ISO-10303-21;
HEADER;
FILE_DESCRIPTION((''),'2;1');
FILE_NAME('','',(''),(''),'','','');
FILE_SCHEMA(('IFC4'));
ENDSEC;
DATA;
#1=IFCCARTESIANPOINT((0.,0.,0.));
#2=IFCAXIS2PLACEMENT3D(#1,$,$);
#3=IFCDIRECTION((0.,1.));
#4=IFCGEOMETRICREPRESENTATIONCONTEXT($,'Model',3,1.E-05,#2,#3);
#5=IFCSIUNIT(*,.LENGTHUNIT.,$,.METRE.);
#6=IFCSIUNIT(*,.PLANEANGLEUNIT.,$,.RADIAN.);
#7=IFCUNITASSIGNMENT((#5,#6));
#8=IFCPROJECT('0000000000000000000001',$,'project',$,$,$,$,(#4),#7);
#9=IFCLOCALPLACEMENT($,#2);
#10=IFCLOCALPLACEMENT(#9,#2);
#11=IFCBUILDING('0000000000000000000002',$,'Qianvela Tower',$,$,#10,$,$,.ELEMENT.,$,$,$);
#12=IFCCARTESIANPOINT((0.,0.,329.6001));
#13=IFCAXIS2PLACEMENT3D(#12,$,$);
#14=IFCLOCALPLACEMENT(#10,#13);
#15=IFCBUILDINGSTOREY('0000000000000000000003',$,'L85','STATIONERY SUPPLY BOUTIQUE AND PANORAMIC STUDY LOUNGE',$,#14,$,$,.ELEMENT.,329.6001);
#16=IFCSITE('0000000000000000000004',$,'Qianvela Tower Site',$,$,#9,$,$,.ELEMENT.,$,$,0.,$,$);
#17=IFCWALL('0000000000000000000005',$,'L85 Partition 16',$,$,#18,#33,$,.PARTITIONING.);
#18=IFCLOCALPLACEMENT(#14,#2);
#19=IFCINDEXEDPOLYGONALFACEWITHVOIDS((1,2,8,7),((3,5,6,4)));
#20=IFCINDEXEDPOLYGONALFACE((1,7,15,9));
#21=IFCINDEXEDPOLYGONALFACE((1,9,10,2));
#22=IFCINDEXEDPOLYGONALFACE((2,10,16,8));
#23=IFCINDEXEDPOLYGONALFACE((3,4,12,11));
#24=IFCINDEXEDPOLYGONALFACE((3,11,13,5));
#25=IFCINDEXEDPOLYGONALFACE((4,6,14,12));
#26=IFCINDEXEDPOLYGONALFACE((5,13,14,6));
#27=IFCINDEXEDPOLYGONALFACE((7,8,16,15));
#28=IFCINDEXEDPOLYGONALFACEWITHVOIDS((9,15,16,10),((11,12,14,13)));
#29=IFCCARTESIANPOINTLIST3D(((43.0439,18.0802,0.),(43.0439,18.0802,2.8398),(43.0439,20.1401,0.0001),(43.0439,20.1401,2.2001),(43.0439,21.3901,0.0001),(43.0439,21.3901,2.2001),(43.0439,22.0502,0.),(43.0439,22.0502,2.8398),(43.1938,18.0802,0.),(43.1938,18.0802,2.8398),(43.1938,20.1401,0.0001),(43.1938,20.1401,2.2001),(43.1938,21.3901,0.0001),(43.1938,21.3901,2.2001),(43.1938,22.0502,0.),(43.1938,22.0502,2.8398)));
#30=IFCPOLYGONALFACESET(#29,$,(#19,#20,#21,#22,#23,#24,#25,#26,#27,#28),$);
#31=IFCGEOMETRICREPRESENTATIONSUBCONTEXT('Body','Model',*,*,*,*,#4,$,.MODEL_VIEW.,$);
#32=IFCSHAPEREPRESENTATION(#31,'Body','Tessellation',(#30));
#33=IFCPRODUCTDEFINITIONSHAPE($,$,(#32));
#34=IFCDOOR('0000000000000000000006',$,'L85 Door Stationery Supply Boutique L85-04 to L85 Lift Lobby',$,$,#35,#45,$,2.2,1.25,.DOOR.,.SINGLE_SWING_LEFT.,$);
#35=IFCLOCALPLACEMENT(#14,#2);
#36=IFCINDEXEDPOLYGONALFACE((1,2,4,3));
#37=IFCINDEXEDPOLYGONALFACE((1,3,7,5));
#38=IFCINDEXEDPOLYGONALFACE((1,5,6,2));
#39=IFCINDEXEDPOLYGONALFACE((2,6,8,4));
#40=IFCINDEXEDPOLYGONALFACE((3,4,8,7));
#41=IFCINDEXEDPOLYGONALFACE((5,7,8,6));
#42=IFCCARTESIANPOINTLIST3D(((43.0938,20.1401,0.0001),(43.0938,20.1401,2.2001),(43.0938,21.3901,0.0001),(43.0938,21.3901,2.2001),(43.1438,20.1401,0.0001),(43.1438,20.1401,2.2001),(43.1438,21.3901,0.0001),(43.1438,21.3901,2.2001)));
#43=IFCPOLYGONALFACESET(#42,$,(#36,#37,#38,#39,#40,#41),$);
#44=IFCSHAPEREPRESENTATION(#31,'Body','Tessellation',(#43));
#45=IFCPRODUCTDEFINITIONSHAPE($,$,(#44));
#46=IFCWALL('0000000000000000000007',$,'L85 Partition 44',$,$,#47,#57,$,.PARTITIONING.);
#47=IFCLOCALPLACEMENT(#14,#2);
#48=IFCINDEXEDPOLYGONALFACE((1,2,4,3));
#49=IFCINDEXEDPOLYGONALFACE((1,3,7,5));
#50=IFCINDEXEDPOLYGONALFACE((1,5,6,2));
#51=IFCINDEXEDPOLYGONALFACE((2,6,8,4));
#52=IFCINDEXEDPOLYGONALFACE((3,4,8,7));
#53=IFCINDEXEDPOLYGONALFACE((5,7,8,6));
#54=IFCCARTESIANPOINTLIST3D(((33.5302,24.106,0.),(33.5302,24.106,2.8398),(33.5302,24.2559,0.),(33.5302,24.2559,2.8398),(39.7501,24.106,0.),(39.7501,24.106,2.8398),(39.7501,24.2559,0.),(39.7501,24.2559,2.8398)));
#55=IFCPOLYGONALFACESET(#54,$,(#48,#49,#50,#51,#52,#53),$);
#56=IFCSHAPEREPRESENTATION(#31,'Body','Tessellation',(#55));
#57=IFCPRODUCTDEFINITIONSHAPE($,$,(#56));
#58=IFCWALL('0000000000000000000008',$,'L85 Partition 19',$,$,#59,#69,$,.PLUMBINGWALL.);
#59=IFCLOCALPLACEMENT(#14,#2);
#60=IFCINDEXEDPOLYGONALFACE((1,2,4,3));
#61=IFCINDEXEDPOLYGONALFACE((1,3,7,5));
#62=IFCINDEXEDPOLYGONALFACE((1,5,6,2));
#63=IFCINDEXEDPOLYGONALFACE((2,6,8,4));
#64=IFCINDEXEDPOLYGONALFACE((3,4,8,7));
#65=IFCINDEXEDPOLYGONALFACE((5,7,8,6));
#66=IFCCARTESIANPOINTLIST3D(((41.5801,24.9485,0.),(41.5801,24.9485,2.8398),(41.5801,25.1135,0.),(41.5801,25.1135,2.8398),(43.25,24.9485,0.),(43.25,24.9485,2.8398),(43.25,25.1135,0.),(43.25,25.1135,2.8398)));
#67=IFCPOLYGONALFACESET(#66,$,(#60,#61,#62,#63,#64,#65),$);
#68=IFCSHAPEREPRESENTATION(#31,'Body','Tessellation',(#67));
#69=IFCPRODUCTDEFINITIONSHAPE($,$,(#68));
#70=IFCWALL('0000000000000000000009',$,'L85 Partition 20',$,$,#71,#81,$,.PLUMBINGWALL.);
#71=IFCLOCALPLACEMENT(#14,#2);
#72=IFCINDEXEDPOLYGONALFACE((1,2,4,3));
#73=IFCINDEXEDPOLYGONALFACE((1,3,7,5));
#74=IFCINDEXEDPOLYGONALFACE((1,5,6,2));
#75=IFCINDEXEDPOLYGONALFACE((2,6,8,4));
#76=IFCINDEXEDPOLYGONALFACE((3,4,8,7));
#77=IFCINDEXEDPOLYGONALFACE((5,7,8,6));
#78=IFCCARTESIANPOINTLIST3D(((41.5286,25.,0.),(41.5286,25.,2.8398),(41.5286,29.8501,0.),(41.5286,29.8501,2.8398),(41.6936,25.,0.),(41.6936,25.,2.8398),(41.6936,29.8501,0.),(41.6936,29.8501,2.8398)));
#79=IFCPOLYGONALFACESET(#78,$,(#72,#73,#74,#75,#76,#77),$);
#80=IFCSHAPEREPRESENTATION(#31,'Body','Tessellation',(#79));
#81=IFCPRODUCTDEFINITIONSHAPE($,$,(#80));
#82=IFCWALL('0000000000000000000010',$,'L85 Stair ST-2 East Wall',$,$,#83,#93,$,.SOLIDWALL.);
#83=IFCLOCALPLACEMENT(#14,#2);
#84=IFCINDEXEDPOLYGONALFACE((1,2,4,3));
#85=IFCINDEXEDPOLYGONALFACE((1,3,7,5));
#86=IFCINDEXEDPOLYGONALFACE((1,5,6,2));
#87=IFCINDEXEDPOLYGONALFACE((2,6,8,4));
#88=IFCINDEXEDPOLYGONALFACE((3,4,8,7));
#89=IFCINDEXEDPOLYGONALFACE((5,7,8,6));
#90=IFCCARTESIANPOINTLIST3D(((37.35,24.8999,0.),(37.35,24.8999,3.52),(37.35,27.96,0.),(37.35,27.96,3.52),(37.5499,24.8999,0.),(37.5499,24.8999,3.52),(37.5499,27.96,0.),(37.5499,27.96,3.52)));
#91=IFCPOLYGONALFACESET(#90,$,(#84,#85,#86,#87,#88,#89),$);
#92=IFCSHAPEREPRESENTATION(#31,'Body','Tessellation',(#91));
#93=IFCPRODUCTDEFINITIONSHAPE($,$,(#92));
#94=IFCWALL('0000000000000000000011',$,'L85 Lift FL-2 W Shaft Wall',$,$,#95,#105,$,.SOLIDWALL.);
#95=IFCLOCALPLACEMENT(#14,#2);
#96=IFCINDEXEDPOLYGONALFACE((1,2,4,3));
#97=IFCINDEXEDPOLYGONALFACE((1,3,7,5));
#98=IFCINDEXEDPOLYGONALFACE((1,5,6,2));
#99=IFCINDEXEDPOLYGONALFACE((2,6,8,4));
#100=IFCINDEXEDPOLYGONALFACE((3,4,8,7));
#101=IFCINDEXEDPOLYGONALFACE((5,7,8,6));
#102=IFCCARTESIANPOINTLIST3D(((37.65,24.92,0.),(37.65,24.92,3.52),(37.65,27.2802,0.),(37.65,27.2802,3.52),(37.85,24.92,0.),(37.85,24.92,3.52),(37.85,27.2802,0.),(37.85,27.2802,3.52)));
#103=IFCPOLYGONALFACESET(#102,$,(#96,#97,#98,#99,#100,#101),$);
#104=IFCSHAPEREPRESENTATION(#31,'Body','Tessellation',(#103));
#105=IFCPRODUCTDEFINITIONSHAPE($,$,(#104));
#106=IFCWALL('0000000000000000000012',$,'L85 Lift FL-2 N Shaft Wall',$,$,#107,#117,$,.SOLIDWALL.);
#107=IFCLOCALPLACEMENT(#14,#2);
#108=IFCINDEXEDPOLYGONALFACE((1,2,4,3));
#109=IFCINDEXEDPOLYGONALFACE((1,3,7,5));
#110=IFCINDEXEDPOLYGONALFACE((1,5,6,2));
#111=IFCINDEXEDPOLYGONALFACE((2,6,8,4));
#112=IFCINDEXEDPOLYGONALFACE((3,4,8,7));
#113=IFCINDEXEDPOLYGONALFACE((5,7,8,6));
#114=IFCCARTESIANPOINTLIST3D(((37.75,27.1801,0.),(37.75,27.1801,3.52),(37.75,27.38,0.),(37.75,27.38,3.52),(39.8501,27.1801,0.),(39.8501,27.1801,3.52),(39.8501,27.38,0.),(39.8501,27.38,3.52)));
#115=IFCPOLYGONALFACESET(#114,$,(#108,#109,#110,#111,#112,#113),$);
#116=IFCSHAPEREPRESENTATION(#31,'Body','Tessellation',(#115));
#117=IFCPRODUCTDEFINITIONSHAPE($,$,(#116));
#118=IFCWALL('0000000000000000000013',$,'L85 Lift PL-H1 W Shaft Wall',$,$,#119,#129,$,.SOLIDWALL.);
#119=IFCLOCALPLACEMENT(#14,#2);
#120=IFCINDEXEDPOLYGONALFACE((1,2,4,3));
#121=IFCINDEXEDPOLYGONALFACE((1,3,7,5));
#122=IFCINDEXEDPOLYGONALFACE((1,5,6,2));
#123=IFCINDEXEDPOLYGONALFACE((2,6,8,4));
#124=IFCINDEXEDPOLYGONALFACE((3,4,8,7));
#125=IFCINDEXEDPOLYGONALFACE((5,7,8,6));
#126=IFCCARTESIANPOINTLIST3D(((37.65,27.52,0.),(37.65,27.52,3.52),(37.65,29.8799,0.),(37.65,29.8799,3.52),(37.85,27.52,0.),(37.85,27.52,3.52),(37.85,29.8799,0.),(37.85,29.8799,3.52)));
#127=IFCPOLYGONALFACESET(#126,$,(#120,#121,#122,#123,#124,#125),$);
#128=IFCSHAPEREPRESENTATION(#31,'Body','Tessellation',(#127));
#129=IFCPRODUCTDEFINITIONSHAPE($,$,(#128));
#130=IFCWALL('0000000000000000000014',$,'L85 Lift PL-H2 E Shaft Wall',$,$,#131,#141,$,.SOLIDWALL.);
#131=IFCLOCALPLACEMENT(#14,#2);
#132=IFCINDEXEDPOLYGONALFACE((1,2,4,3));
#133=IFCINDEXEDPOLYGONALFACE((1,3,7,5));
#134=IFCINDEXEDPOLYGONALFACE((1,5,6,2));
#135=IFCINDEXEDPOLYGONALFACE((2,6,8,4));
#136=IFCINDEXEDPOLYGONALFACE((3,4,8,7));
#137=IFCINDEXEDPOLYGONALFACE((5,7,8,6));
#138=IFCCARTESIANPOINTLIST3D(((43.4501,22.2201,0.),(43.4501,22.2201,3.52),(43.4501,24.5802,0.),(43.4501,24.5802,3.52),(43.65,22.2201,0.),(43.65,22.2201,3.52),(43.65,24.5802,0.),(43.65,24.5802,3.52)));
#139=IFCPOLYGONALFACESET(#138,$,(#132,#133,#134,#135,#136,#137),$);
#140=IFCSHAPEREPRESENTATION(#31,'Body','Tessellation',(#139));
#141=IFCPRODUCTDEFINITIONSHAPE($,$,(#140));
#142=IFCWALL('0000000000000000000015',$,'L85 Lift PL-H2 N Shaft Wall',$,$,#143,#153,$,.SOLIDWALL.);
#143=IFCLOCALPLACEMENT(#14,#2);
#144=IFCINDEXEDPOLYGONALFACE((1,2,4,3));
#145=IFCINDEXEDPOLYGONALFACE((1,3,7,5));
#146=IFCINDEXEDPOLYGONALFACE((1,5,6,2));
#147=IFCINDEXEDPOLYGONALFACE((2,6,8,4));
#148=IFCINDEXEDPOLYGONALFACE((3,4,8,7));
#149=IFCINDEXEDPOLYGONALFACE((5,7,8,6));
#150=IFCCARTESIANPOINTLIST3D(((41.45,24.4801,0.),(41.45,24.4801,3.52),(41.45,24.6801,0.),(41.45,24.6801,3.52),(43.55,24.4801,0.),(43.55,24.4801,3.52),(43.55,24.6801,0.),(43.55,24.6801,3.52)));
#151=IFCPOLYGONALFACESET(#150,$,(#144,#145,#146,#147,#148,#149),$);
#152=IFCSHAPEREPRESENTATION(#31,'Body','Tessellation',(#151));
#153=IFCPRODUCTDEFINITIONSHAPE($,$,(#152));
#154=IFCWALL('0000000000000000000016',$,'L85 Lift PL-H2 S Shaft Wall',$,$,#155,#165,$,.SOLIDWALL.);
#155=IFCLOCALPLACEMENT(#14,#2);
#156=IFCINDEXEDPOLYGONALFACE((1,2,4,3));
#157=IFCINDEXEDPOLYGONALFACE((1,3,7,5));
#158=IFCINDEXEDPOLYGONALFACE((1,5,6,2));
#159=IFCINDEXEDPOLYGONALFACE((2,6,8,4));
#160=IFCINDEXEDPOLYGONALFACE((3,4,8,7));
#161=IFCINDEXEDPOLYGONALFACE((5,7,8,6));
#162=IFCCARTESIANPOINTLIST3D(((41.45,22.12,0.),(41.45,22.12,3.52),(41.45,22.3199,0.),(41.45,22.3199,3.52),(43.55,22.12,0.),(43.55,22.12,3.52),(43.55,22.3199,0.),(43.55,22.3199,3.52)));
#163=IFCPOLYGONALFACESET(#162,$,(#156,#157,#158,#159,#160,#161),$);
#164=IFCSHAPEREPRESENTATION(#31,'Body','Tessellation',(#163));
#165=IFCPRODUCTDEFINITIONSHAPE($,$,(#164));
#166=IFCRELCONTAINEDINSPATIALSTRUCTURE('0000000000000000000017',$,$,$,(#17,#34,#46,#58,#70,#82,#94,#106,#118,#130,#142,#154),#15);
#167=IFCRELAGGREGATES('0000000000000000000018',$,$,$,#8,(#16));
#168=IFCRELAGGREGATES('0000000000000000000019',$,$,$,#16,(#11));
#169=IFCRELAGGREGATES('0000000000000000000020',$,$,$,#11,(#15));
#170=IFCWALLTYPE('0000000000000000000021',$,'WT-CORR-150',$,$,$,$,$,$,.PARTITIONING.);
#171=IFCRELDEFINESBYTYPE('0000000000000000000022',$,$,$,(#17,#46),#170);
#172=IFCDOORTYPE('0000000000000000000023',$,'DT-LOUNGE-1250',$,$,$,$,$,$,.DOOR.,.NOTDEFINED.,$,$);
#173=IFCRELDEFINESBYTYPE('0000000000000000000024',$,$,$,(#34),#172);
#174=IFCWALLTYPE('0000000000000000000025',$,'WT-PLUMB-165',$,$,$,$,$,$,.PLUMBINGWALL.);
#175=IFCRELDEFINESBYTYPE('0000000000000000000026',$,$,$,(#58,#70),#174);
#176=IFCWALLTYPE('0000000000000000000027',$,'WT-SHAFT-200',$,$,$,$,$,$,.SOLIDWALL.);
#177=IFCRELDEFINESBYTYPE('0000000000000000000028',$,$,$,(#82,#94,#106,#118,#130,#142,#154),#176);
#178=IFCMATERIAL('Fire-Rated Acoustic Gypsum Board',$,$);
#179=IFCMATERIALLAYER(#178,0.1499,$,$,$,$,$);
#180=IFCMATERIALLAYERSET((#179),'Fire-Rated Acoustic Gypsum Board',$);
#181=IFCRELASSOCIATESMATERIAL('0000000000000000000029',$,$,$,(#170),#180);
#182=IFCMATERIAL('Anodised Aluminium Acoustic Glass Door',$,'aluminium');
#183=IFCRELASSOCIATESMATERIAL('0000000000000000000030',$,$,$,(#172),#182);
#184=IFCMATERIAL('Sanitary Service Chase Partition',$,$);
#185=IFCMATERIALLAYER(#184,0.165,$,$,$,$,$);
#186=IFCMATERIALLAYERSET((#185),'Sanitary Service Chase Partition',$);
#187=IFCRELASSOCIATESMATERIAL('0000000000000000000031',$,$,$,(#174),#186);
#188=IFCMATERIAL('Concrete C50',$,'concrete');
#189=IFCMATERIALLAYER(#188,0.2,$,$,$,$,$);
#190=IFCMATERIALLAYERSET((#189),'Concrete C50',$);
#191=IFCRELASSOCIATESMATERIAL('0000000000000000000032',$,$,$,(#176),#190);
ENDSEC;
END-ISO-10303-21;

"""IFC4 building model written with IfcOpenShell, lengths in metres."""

from ifc_helpers import new_model, si_unit, direction, frame, frame_2d, origin, place, context, subcontext, project, spatial, rectangle, extrude, material, layer, layer_set, type_object, element, fill, save


model = new_model("IFC4")

# Units and contexts
model_context = context("Model", 3, precision=1e-05, world=origin(), true_north=direction((0.0, 1.0)))
body_context = subcontext(model_context, "Body", "Model", "MODEL_VIEW")
ifc_project = project(units=[si_unit("LENGTHUNIT", "METRE"), si_unit("PLANEANGLEUNIT", "RADIAN")], contexts=[model_context])

# Site, building, storey
site_placement = place(None, origin())
site = spatial("IfcSite", under=ifc_project, at=site_placement, Name="Qianvela Tower Site", CompositionType="ELEMENT", RefElevation=0.0)
building_placement = place(site_placement, origin())
building = spatial("IfcBuilding", under=site, at=building_placement, Name="Qianvela Tower", CompositionType="ELEMENT")
storey_placement = place(building_placement, frame((0.0, 0.0, 329.6001)))
storey = spatial("IfcBuildingStorey", under=building, at=storey_placement, Name="L85", Description="STATIONERY SUPPLY BOUTIQUE AND PANORAMIC STUDY LOUNGE", CompositionType="ELEMENT", Elevation=329.6001)

# Shared definitions
ifc_material_1 = material(Name="Fire-Rated Acoustic Gypsum Board")
ifc_layer_1 = layer(ifc_material_1, 0.1499)
ifc_layer_set_1 = layer_set([ifc_layer_1], Name="Fire-Rated Acoustic Gypsum Board")
wall_type_1 = type_object("IfcWallType", Name="WT-CORR-150", PredefinedType="PARTITIONING", material=ifc_layer_set_1)

# Wall, opening, door
wall_1_placement = place(storey_placement, frame((43.1189, 22.05, 0.0), z_axis=(0.0, 0.0, 1.0), x_axis=(0.0, -1.0, 0.0)))
wall_1 = element("IfcWall", 1, at=wall_1_placement, inside=storey, type_object=wall_type_1, Name="L85 Partition 16", PredefinedType="PARTITIONING", context=body_context, shape_type="SweptSolid", body=[
    extrude(rectangle(XDim=3.97, YDim=0.1499, at=frame_2d((1.9849, 0.0))), origin(), (0.0, 0.0, 1.0), 2.8398),
])
opening_1_placement = place(wall_1_placement, frame((0.6599, 0.0, 0.0)))
opening_1 = element("IfcOpeningElement", 2, at=opening_1_placement, cuts=wall_1, PredefinedType="OPENING", context=body_context, shape_type="SweptSolid", body=[
    extrude(rectangle(XDim=1.25, YDim=2.2, at=frame_2d((0.625, 1.1001))), frame((0.0, 0.085, 0.0), z_axis=(0.0, -1.0, 0.0), x_axis=(1.0, 0.0, 0.0)), (0.0, 0.0, 1.0), 0.1699),
])
ifc_material_2 = material(Name="Anodised Aluminium Acoustic Glass Door", Category="aluminium")
door_type_1 = type_object("IfcDoorType", Name="DT-LOUNGE-1250", OperationType="NOTDEFINED", PredefinedType="DOOR", material=ifc_material_2)
door_1_placement = place(opening_1_placement, origin())
door_1 = element("IfcDoor", 3, at=door_1_placement, inside=storey, type_object=door_type_1, Name="L85 Door Stationery Supply Boutique L85-04 to L85 Lift Lobby", OperationType="SINGLE_SWING_LEFT", OverallHeight=2.2, OverallWidth=1.25, PredefinedType="DOOR", context=body_context, shape_type="SweptSolid", body=[
    extrude(rectangle(XDim=1.25, YDim=2.2, at=frame_2d((0.625, 1.1001))), frame((0.0, 0.0249, 0.0), z_axis=(0.0, -1.0, 0.0), x_axis=(1.0, 0.0, 0.0)), (0.0, 0.0, 1.0), 0.05),
])
fill(opening_1, door_1)

# Walls
wall_2_placement = place(storey_placement, frame((39.75, 24.1809, 0.0), z_axis=(0.0, 0.0, 1.0), x_axis=(-1.0, 0.0, 0.0)))
element("IfcWall", 4, at=wall_2_placement, inside=storey, type_object=wall_type_1, Name="L85 Partition 44", PredefinedType="PARTITIONING", context=body_context, shape_type="SweptSolid", body=[
    extrude(rectangle(XDim=6.22, YDim=0.1499, at=frame_2d((3.1099, 0.0))), origin(), (0.0, 0.0, 1.0), 2.8398),
])
ifc_material_3 = material(Name="Sanitary Service Chase Partition")
ifc_layer_2 = layer(ifc_material_3, 0.165)
ifc_layer_set_2 = layer_set([ifc_layer_2], Name="Sanitary Service Chase Partition")
wall_type_2 = type_object("IfcWallType", Name="WT-PLUMB-165", PredefinedType="PLUMBINGWALL", material=ifc_layer_set_2)
wall_3_placement = place(storey_placement, frame((43.25, 25.031, 0.0), z_axis=(0.0, 0.0, 1.0), x_axis=(-1.0, 0.0, 0.0)))
element("IfcWall", 5, at=wall_3_placement, inside=storey, type_object=wall_type_2, Name="L85 Partition 19", PredefinedType="PLUMBINGWALL", context=body_context, shape_type="SweptSolid", body=[
    extrude(rectangle(XDim=1.6699, YDim=0.165, at=frame_2d((0.835, 0.0))), origin(), (0.0, 0.0, 1.0), 2.8398),
])
wall_4_placement = place(storey_placement, frame((41.6111, 25.0, 0.0), z_axis=(0.0, 0.0, 1.0), x_axis=(0.0, 1.0, 0.0)))
element("IfcWall", 6, at=wall_4_placement, inside=storey, type_object=wall_type_2, Name="L85 Partition 20", PredefinedType="PLUMBINGWALL", context=body_context, shape_type="SweptSolid", body=[
    extrude(rectangle(XDim=4.8501, YDim=0.165, at=frame_2d((2.425, 0.0))), origin(), (0.0, 0.0, 1.0), 2.8398),
])
ifc_material_4 = material(Name="Concrete C50", Category="concrete")
ifc_layer_3 = layer(ifc_material_4, 0.2)
ifc_layer_set_3 = layer_set([ifc_layer_3], Name="Concrete C50")
wall_type_3 = type_object("IfcWallType", Name="WT-SHAFT-200", PredefinedType="SOLIDWALL", material=ifc_layer_set_3)
wall_5_placement = place(storey_placement, frame((37.45, 24.8999, 0.0), z_axis=(0.0, 0.0, 1.0), x_axis=(0.0, 1.0, 0.0)))
element("IfcWall", 7, at=wall_5_placement, inside=storey, type_object=wall_type_3, Name="L85 Stair ST-2 East Wall", PredefinedType="SOLIDWALL", context=body_context, shape_type="SweptSolid", body=[
    extrude(rectangle(XDim=3.0601, YDim=0.2, at=frame_2d((1.53, 0.0))), origin(), (0.0, 0.0, 1.0), 3.52),
])

# Walls
wall_6_placement = place(storey_placement, frame((37.75, 24.9199, 0.0), z_axis=(0.0, 0.0, 1.0), x_axis=(0.0, 1.0, 0.0)))
element("IfcWall", 8, at=wall_6_placement, inside=storey, type_object=wall_type_3, Name="L85 Lift FL-2 W Shaft Wall", PredefinedType="SOLIDWALL", context=body_context, shape_type="SweptSolid", body=[
    extrude(rectangle(XDim=2.3601, YDim=0.2, at=frame_2d((1.1802, 0.0))), origin(), (0.0, 0.0, 1.0), 3.52),
])
wall_7_placement = place(storey_placement, frame((37.75, 27.28, 0.0), z_axis=(0.0, 0.0, 1.0), x_axis=(1.0, 0.0, 0.0)))
element("IfcWall", 9, at=wall_7_placement, inside=storey, type_object=wall_type_3, Name="L85 Lift FL-2 N Shaft Wall", PredefinedType="SOLIDWALL", context=body_context, shape_type="SweptSolid", body=[
    extrude(rectangle(XDim=2.1001, YDim=0.2, at=frame_2d((1.05, 0.0))), origin(), (0.0, 0.0, 1.0), 3.52),
])

# Walls
wall_8_placement = place(storey_placement, frame((37.75, 27.52, 0.0), z_axis=(0.0, 0.0, 1.0), x_axis=(0.0, 1.0, 0.0)))
element("IfcWall", 10, at=wall_8_placement, inside=storey, type_object=wall_type_3, Name="L85 Lift PL-H1 W Shaft Wall", PredefinedType="SOLIDWALL", context=body_context, shape_type="SweptSolid", body=[
    extrude(rectangle(XDim=2.3599, YDim=0.2, at=frame_2d((1.1799, 0.0))), origin(), (0.0, 0.0, 1.0), 3.52),
])
wall_9_placement = place(storey_placement, frame((43.55, 22.22, 0.0), z_axis=(0.0, 0.0, 1.0), x_axis=(0.0, 1.0, 0.0)))
element("IfcWall", 11, at=wall_9_placement, inside=storey, type_object=wall_type_3, Name="L85 Lift PL-H2 E Shaft Wall", PredefinedType="SOLIDWALL", context=body_context, shape_type="SweptSolid", body=[
    extrude(rectangle(XDim=2.3601, YDim=0.2, at=frame_2d((1.1802, 0.0))), origin(), (0.0, 0.0, 1.0), 3.52),
])

# Walls
for number, where, z_axis, x_axis, name in (
    (12, (41.45, 24.5801, 0.0), (0.0, 0.0, 1.0), (1.0, 0.0, 0.0), "L85 Lift PL-H2 N Shaft Wall"),
    (13, (41.45, 22.22, 0.0), (0.0, 0.0, 1.0), (1.0, 0.0, 0.0), "L85 Lift PL-H2 S Shaft Wall"),
):
    element("IfcWall", number, at=place(storey_placement, frame(where, z_axis=z_axis, x_axis=x_axis)), inside=storey, type_object=wall_type_3, Name=name, PredefinedType="SOLIDWALL", context=body_context, shape_type="SweptSolid", body=[
        extrude(rectangle(XDim=2.1001, YDim=0.2, at=frame_2d((1.05, 0.0))), origin(), (0.0, 0.0, 1.0), 3.52),
    ])

save(model, "model.ifc")
